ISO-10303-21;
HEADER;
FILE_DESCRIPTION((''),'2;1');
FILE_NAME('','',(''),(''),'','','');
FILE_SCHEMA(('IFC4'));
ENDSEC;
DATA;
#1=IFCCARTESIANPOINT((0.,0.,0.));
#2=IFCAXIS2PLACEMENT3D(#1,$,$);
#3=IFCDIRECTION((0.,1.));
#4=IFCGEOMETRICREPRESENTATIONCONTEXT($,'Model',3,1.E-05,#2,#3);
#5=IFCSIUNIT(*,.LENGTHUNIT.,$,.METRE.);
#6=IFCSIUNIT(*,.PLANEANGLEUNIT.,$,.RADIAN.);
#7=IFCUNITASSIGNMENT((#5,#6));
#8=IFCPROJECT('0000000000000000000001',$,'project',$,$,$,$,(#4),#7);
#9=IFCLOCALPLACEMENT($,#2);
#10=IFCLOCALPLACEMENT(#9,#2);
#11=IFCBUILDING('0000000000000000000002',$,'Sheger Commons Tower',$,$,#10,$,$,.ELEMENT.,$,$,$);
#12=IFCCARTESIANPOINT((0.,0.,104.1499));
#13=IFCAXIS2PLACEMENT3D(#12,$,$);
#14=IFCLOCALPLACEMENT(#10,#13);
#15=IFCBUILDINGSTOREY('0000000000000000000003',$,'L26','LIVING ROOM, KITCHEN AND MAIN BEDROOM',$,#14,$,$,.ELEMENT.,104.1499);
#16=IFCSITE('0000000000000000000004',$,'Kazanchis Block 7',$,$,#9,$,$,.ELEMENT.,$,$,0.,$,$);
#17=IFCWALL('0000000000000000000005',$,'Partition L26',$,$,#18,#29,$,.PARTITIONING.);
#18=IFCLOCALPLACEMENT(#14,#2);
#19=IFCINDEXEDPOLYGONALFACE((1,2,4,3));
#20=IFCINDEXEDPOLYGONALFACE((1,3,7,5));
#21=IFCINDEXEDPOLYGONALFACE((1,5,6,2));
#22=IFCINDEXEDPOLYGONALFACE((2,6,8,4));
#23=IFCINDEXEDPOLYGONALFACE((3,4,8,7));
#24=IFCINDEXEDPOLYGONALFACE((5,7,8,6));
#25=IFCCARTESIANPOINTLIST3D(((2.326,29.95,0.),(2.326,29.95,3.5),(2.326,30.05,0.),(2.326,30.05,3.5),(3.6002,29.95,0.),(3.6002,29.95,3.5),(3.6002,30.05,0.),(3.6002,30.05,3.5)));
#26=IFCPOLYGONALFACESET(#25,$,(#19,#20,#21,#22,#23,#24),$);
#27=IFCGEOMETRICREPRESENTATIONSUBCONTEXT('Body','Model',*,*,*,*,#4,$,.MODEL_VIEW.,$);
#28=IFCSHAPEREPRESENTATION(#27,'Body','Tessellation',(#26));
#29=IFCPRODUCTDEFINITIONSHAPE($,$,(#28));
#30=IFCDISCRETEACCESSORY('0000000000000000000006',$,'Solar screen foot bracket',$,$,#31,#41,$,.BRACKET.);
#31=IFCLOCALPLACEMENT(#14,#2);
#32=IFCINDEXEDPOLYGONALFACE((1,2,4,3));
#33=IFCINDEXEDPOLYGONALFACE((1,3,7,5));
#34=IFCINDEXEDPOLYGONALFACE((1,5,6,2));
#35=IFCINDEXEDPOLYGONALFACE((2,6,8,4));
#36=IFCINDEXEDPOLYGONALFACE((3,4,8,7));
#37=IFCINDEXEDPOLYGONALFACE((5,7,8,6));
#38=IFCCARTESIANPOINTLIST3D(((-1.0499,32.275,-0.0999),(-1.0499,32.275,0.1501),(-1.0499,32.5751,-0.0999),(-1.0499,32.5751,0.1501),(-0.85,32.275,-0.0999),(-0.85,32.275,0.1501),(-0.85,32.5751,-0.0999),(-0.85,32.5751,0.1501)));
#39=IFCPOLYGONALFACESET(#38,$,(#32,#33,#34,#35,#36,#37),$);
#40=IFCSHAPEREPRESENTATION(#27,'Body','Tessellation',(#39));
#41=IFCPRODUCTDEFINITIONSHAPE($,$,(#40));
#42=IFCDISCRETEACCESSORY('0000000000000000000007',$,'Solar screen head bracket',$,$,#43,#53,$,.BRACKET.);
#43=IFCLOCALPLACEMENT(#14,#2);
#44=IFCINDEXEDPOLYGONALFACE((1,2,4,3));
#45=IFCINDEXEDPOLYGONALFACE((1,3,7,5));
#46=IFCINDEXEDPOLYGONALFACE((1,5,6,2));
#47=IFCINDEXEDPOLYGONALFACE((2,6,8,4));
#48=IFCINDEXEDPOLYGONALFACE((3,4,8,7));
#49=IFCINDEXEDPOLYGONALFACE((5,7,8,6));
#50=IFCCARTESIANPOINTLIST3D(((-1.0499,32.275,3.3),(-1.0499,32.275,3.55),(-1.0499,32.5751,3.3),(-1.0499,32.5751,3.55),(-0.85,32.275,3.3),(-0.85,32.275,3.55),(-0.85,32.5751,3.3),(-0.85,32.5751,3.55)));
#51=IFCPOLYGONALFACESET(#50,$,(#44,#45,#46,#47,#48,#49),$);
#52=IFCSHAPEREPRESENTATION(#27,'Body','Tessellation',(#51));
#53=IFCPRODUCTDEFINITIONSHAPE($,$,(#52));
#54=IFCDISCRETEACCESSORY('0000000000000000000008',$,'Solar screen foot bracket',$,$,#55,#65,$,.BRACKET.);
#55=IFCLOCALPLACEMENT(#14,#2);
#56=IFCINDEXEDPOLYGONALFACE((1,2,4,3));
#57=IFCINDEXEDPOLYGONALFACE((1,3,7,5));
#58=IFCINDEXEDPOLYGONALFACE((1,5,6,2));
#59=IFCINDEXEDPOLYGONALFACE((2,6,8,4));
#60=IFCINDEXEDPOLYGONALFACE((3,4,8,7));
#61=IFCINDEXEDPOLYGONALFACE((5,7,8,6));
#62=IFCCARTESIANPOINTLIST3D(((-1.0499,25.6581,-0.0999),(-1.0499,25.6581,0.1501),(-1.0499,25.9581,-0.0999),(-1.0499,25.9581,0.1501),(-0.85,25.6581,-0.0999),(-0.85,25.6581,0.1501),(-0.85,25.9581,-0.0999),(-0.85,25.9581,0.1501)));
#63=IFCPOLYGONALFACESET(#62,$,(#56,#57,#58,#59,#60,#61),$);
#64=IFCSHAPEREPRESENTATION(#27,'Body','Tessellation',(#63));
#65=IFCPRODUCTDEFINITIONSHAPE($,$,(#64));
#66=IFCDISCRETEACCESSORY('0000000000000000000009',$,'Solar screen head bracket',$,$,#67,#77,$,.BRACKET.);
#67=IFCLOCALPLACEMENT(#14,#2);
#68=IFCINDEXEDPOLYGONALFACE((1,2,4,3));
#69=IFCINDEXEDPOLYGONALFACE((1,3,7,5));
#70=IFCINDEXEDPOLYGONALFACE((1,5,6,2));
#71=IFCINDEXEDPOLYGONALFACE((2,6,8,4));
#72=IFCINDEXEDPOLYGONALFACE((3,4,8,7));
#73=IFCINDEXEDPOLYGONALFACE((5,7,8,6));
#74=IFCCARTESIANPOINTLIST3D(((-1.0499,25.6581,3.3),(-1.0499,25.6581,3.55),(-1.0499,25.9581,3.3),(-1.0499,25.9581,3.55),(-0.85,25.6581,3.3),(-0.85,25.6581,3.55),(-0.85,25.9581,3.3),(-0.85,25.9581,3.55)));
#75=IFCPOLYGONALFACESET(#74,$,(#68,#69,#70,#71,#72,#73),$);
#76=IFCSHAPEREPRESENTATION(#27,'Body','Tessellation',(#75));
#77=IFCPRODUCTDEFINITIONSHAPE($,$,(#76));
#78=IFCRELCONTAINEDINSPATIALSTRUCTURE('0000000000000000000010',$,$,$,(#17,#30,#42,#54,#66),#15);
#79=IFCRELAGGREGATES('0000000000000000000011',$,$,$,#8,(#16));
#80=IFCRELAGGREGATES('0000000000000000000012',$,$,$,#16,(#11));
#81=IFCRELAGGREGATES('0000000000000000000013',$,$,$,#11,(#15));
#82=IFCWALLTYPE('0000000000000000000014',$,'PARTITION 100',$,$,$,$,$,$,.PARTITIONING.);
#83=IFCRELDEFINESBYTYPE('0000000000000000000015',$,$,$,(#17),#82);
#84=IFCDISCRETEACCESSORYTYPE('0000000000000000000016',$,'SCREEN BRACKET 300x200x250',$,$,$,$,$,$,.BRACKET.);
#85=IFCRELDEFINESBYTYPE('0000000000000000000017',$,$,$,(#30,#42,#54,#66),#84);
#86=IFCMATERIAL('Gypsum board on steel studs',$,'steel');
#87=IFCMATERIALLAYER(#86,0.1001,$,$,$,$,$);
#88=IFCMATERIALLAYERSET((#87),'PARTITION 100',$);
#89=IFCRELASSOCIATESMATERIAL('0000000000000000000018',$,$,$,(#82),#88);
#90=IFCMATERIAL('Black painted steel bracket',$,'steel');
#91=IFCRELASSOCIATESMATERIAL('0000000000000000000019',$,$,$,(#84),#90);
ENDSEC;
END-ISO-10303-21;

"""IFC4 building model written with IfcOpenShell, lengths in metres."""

from ifc_helpers import new_model, si_unit, direction, frame, frame_2d, origin, origin_2d, place, context, subcontext, project, spatial, rectangle, extrude, material, layer, layer_set, type_object, element, save


model = new_model("IFC4")

# Units and contexts
model_context = context("Model", 3, precision=1e-05, world=origin(), true_north=direction((0.0, 1.0)))
body_context = subcontext(model_context, "Body", "Model", "MODEL_VIEW")
ifc_project = project(units=[si_unit("LENGTHUNIT", "METRE"), si_unit("PLANEANGLEUNIT", "RADIAN")], contexts=[model_context])

# Site, building, storey
site_placement = place(None, origin())
site = spatial("IfcSite", under=ifc_project, at=site_placement, Name="Kazanchis Block 7", CompositionType="ELEMENT", RefElevation=0.0)
building_placement = place(site_placement, origin())
building = spatial("IfcBuilding", under=site, at=building_placement, Name="Sheger Commons Tower", CompositionType="ELEMENT")
storey_placement = place(building_placement, frame((0.0, 0.0, 104.1499)))
storey = spatial("IfcBuildingStorey", under=building, at=storey_placement, Name="L26", Description="LIVING ROOM, KITCHEN AND MAIN BEDROOM", CompositionType="ELEMENT", Elevation=104.1499)

# Shared definitions
ifc_material_1 = material(Name="Gypsum board on steel studs", Category="steel")
ifc_layer_1 = layer(ifc_material_1, 0.1001)
ifc_layer_set_1 = layer_set([ifc_layer_1], Name="PARTITION 100")
wall_type_1 = type_object("IfcWallType", Name="PARTITION 100", PredefinedType="PARTITIONING", material=ifc_layer_set_1)

# Wall
wall_1_placement = place(storey_placement, frame((2.3259, 30.0, 0.0), z_axis=(0.0, 0.0, 1.0), x_axis=(1.0, 0.0, 0.0)))
element("IfcWall", 1, at=wall_1_placement, inside=storey, type_object=wall_type_1, Name="Partition L26", PredefinedType="PARTITIONING", context=body_context, shape_type="SweptSolid", body=[
    extrude(rectangle(XDim=1.2742, YDim=0.1001, at=frame_2d((0.6372, 0.0))), origin(), (0.0, 0.0, 1.0), 3.5),
])

# Discrete accessories
ifc_material_2 = material(Name="Black painted steel bracket", Category="steel")
discrete_accessory_type = type_object("IfcDiscreteAccessoryType", Name="SCREEN BRACKET 300x200x250", PredefinedType="BRACKET", material=ifc_material_2)
for number, where, z_axis, x_axis, name in (
    (2, (-0.95, 32.425, -0.0999), (0.0, 0.0, 1.0), (0.0, -1.0, 0.0), "Solar screen foot bracket"),
    (3, (-0.95, 32.425, 3.3), (0.0, 0.0, 1.0), (0.0, -1.0, 0.0), "Solar screen head bracket"),
    (4, (-0.95, 25.8081, -0.0999), (0.0, 0.0, 1.0), (0.0, -1.0, 0.0), "Solar screen foot bracket"),
    (5, (-0.95, 25.8081, 3.3), (0.0, 0.0, 1.0), (0.0, -1.0, 0.0), "Solar screen head bracket"),
):
    element("IfcDiscreteAccessory", number, at=place(storey_placement, frame(where, z_axis=z_axis, x_axis=x_axis)), inside=storey, type_object=discrete_accessory_type, Name=name, PredefinedType="BRACKET", context=body_context, shape_type="SweptSolid", body=[
        extrude(rectangle(XDim=0.3, YDim=0.2, at=origin_2d()), origin(), (0.0, 0.0, 1.0), 0.25),
    ])

save(model, "model.ifc")
